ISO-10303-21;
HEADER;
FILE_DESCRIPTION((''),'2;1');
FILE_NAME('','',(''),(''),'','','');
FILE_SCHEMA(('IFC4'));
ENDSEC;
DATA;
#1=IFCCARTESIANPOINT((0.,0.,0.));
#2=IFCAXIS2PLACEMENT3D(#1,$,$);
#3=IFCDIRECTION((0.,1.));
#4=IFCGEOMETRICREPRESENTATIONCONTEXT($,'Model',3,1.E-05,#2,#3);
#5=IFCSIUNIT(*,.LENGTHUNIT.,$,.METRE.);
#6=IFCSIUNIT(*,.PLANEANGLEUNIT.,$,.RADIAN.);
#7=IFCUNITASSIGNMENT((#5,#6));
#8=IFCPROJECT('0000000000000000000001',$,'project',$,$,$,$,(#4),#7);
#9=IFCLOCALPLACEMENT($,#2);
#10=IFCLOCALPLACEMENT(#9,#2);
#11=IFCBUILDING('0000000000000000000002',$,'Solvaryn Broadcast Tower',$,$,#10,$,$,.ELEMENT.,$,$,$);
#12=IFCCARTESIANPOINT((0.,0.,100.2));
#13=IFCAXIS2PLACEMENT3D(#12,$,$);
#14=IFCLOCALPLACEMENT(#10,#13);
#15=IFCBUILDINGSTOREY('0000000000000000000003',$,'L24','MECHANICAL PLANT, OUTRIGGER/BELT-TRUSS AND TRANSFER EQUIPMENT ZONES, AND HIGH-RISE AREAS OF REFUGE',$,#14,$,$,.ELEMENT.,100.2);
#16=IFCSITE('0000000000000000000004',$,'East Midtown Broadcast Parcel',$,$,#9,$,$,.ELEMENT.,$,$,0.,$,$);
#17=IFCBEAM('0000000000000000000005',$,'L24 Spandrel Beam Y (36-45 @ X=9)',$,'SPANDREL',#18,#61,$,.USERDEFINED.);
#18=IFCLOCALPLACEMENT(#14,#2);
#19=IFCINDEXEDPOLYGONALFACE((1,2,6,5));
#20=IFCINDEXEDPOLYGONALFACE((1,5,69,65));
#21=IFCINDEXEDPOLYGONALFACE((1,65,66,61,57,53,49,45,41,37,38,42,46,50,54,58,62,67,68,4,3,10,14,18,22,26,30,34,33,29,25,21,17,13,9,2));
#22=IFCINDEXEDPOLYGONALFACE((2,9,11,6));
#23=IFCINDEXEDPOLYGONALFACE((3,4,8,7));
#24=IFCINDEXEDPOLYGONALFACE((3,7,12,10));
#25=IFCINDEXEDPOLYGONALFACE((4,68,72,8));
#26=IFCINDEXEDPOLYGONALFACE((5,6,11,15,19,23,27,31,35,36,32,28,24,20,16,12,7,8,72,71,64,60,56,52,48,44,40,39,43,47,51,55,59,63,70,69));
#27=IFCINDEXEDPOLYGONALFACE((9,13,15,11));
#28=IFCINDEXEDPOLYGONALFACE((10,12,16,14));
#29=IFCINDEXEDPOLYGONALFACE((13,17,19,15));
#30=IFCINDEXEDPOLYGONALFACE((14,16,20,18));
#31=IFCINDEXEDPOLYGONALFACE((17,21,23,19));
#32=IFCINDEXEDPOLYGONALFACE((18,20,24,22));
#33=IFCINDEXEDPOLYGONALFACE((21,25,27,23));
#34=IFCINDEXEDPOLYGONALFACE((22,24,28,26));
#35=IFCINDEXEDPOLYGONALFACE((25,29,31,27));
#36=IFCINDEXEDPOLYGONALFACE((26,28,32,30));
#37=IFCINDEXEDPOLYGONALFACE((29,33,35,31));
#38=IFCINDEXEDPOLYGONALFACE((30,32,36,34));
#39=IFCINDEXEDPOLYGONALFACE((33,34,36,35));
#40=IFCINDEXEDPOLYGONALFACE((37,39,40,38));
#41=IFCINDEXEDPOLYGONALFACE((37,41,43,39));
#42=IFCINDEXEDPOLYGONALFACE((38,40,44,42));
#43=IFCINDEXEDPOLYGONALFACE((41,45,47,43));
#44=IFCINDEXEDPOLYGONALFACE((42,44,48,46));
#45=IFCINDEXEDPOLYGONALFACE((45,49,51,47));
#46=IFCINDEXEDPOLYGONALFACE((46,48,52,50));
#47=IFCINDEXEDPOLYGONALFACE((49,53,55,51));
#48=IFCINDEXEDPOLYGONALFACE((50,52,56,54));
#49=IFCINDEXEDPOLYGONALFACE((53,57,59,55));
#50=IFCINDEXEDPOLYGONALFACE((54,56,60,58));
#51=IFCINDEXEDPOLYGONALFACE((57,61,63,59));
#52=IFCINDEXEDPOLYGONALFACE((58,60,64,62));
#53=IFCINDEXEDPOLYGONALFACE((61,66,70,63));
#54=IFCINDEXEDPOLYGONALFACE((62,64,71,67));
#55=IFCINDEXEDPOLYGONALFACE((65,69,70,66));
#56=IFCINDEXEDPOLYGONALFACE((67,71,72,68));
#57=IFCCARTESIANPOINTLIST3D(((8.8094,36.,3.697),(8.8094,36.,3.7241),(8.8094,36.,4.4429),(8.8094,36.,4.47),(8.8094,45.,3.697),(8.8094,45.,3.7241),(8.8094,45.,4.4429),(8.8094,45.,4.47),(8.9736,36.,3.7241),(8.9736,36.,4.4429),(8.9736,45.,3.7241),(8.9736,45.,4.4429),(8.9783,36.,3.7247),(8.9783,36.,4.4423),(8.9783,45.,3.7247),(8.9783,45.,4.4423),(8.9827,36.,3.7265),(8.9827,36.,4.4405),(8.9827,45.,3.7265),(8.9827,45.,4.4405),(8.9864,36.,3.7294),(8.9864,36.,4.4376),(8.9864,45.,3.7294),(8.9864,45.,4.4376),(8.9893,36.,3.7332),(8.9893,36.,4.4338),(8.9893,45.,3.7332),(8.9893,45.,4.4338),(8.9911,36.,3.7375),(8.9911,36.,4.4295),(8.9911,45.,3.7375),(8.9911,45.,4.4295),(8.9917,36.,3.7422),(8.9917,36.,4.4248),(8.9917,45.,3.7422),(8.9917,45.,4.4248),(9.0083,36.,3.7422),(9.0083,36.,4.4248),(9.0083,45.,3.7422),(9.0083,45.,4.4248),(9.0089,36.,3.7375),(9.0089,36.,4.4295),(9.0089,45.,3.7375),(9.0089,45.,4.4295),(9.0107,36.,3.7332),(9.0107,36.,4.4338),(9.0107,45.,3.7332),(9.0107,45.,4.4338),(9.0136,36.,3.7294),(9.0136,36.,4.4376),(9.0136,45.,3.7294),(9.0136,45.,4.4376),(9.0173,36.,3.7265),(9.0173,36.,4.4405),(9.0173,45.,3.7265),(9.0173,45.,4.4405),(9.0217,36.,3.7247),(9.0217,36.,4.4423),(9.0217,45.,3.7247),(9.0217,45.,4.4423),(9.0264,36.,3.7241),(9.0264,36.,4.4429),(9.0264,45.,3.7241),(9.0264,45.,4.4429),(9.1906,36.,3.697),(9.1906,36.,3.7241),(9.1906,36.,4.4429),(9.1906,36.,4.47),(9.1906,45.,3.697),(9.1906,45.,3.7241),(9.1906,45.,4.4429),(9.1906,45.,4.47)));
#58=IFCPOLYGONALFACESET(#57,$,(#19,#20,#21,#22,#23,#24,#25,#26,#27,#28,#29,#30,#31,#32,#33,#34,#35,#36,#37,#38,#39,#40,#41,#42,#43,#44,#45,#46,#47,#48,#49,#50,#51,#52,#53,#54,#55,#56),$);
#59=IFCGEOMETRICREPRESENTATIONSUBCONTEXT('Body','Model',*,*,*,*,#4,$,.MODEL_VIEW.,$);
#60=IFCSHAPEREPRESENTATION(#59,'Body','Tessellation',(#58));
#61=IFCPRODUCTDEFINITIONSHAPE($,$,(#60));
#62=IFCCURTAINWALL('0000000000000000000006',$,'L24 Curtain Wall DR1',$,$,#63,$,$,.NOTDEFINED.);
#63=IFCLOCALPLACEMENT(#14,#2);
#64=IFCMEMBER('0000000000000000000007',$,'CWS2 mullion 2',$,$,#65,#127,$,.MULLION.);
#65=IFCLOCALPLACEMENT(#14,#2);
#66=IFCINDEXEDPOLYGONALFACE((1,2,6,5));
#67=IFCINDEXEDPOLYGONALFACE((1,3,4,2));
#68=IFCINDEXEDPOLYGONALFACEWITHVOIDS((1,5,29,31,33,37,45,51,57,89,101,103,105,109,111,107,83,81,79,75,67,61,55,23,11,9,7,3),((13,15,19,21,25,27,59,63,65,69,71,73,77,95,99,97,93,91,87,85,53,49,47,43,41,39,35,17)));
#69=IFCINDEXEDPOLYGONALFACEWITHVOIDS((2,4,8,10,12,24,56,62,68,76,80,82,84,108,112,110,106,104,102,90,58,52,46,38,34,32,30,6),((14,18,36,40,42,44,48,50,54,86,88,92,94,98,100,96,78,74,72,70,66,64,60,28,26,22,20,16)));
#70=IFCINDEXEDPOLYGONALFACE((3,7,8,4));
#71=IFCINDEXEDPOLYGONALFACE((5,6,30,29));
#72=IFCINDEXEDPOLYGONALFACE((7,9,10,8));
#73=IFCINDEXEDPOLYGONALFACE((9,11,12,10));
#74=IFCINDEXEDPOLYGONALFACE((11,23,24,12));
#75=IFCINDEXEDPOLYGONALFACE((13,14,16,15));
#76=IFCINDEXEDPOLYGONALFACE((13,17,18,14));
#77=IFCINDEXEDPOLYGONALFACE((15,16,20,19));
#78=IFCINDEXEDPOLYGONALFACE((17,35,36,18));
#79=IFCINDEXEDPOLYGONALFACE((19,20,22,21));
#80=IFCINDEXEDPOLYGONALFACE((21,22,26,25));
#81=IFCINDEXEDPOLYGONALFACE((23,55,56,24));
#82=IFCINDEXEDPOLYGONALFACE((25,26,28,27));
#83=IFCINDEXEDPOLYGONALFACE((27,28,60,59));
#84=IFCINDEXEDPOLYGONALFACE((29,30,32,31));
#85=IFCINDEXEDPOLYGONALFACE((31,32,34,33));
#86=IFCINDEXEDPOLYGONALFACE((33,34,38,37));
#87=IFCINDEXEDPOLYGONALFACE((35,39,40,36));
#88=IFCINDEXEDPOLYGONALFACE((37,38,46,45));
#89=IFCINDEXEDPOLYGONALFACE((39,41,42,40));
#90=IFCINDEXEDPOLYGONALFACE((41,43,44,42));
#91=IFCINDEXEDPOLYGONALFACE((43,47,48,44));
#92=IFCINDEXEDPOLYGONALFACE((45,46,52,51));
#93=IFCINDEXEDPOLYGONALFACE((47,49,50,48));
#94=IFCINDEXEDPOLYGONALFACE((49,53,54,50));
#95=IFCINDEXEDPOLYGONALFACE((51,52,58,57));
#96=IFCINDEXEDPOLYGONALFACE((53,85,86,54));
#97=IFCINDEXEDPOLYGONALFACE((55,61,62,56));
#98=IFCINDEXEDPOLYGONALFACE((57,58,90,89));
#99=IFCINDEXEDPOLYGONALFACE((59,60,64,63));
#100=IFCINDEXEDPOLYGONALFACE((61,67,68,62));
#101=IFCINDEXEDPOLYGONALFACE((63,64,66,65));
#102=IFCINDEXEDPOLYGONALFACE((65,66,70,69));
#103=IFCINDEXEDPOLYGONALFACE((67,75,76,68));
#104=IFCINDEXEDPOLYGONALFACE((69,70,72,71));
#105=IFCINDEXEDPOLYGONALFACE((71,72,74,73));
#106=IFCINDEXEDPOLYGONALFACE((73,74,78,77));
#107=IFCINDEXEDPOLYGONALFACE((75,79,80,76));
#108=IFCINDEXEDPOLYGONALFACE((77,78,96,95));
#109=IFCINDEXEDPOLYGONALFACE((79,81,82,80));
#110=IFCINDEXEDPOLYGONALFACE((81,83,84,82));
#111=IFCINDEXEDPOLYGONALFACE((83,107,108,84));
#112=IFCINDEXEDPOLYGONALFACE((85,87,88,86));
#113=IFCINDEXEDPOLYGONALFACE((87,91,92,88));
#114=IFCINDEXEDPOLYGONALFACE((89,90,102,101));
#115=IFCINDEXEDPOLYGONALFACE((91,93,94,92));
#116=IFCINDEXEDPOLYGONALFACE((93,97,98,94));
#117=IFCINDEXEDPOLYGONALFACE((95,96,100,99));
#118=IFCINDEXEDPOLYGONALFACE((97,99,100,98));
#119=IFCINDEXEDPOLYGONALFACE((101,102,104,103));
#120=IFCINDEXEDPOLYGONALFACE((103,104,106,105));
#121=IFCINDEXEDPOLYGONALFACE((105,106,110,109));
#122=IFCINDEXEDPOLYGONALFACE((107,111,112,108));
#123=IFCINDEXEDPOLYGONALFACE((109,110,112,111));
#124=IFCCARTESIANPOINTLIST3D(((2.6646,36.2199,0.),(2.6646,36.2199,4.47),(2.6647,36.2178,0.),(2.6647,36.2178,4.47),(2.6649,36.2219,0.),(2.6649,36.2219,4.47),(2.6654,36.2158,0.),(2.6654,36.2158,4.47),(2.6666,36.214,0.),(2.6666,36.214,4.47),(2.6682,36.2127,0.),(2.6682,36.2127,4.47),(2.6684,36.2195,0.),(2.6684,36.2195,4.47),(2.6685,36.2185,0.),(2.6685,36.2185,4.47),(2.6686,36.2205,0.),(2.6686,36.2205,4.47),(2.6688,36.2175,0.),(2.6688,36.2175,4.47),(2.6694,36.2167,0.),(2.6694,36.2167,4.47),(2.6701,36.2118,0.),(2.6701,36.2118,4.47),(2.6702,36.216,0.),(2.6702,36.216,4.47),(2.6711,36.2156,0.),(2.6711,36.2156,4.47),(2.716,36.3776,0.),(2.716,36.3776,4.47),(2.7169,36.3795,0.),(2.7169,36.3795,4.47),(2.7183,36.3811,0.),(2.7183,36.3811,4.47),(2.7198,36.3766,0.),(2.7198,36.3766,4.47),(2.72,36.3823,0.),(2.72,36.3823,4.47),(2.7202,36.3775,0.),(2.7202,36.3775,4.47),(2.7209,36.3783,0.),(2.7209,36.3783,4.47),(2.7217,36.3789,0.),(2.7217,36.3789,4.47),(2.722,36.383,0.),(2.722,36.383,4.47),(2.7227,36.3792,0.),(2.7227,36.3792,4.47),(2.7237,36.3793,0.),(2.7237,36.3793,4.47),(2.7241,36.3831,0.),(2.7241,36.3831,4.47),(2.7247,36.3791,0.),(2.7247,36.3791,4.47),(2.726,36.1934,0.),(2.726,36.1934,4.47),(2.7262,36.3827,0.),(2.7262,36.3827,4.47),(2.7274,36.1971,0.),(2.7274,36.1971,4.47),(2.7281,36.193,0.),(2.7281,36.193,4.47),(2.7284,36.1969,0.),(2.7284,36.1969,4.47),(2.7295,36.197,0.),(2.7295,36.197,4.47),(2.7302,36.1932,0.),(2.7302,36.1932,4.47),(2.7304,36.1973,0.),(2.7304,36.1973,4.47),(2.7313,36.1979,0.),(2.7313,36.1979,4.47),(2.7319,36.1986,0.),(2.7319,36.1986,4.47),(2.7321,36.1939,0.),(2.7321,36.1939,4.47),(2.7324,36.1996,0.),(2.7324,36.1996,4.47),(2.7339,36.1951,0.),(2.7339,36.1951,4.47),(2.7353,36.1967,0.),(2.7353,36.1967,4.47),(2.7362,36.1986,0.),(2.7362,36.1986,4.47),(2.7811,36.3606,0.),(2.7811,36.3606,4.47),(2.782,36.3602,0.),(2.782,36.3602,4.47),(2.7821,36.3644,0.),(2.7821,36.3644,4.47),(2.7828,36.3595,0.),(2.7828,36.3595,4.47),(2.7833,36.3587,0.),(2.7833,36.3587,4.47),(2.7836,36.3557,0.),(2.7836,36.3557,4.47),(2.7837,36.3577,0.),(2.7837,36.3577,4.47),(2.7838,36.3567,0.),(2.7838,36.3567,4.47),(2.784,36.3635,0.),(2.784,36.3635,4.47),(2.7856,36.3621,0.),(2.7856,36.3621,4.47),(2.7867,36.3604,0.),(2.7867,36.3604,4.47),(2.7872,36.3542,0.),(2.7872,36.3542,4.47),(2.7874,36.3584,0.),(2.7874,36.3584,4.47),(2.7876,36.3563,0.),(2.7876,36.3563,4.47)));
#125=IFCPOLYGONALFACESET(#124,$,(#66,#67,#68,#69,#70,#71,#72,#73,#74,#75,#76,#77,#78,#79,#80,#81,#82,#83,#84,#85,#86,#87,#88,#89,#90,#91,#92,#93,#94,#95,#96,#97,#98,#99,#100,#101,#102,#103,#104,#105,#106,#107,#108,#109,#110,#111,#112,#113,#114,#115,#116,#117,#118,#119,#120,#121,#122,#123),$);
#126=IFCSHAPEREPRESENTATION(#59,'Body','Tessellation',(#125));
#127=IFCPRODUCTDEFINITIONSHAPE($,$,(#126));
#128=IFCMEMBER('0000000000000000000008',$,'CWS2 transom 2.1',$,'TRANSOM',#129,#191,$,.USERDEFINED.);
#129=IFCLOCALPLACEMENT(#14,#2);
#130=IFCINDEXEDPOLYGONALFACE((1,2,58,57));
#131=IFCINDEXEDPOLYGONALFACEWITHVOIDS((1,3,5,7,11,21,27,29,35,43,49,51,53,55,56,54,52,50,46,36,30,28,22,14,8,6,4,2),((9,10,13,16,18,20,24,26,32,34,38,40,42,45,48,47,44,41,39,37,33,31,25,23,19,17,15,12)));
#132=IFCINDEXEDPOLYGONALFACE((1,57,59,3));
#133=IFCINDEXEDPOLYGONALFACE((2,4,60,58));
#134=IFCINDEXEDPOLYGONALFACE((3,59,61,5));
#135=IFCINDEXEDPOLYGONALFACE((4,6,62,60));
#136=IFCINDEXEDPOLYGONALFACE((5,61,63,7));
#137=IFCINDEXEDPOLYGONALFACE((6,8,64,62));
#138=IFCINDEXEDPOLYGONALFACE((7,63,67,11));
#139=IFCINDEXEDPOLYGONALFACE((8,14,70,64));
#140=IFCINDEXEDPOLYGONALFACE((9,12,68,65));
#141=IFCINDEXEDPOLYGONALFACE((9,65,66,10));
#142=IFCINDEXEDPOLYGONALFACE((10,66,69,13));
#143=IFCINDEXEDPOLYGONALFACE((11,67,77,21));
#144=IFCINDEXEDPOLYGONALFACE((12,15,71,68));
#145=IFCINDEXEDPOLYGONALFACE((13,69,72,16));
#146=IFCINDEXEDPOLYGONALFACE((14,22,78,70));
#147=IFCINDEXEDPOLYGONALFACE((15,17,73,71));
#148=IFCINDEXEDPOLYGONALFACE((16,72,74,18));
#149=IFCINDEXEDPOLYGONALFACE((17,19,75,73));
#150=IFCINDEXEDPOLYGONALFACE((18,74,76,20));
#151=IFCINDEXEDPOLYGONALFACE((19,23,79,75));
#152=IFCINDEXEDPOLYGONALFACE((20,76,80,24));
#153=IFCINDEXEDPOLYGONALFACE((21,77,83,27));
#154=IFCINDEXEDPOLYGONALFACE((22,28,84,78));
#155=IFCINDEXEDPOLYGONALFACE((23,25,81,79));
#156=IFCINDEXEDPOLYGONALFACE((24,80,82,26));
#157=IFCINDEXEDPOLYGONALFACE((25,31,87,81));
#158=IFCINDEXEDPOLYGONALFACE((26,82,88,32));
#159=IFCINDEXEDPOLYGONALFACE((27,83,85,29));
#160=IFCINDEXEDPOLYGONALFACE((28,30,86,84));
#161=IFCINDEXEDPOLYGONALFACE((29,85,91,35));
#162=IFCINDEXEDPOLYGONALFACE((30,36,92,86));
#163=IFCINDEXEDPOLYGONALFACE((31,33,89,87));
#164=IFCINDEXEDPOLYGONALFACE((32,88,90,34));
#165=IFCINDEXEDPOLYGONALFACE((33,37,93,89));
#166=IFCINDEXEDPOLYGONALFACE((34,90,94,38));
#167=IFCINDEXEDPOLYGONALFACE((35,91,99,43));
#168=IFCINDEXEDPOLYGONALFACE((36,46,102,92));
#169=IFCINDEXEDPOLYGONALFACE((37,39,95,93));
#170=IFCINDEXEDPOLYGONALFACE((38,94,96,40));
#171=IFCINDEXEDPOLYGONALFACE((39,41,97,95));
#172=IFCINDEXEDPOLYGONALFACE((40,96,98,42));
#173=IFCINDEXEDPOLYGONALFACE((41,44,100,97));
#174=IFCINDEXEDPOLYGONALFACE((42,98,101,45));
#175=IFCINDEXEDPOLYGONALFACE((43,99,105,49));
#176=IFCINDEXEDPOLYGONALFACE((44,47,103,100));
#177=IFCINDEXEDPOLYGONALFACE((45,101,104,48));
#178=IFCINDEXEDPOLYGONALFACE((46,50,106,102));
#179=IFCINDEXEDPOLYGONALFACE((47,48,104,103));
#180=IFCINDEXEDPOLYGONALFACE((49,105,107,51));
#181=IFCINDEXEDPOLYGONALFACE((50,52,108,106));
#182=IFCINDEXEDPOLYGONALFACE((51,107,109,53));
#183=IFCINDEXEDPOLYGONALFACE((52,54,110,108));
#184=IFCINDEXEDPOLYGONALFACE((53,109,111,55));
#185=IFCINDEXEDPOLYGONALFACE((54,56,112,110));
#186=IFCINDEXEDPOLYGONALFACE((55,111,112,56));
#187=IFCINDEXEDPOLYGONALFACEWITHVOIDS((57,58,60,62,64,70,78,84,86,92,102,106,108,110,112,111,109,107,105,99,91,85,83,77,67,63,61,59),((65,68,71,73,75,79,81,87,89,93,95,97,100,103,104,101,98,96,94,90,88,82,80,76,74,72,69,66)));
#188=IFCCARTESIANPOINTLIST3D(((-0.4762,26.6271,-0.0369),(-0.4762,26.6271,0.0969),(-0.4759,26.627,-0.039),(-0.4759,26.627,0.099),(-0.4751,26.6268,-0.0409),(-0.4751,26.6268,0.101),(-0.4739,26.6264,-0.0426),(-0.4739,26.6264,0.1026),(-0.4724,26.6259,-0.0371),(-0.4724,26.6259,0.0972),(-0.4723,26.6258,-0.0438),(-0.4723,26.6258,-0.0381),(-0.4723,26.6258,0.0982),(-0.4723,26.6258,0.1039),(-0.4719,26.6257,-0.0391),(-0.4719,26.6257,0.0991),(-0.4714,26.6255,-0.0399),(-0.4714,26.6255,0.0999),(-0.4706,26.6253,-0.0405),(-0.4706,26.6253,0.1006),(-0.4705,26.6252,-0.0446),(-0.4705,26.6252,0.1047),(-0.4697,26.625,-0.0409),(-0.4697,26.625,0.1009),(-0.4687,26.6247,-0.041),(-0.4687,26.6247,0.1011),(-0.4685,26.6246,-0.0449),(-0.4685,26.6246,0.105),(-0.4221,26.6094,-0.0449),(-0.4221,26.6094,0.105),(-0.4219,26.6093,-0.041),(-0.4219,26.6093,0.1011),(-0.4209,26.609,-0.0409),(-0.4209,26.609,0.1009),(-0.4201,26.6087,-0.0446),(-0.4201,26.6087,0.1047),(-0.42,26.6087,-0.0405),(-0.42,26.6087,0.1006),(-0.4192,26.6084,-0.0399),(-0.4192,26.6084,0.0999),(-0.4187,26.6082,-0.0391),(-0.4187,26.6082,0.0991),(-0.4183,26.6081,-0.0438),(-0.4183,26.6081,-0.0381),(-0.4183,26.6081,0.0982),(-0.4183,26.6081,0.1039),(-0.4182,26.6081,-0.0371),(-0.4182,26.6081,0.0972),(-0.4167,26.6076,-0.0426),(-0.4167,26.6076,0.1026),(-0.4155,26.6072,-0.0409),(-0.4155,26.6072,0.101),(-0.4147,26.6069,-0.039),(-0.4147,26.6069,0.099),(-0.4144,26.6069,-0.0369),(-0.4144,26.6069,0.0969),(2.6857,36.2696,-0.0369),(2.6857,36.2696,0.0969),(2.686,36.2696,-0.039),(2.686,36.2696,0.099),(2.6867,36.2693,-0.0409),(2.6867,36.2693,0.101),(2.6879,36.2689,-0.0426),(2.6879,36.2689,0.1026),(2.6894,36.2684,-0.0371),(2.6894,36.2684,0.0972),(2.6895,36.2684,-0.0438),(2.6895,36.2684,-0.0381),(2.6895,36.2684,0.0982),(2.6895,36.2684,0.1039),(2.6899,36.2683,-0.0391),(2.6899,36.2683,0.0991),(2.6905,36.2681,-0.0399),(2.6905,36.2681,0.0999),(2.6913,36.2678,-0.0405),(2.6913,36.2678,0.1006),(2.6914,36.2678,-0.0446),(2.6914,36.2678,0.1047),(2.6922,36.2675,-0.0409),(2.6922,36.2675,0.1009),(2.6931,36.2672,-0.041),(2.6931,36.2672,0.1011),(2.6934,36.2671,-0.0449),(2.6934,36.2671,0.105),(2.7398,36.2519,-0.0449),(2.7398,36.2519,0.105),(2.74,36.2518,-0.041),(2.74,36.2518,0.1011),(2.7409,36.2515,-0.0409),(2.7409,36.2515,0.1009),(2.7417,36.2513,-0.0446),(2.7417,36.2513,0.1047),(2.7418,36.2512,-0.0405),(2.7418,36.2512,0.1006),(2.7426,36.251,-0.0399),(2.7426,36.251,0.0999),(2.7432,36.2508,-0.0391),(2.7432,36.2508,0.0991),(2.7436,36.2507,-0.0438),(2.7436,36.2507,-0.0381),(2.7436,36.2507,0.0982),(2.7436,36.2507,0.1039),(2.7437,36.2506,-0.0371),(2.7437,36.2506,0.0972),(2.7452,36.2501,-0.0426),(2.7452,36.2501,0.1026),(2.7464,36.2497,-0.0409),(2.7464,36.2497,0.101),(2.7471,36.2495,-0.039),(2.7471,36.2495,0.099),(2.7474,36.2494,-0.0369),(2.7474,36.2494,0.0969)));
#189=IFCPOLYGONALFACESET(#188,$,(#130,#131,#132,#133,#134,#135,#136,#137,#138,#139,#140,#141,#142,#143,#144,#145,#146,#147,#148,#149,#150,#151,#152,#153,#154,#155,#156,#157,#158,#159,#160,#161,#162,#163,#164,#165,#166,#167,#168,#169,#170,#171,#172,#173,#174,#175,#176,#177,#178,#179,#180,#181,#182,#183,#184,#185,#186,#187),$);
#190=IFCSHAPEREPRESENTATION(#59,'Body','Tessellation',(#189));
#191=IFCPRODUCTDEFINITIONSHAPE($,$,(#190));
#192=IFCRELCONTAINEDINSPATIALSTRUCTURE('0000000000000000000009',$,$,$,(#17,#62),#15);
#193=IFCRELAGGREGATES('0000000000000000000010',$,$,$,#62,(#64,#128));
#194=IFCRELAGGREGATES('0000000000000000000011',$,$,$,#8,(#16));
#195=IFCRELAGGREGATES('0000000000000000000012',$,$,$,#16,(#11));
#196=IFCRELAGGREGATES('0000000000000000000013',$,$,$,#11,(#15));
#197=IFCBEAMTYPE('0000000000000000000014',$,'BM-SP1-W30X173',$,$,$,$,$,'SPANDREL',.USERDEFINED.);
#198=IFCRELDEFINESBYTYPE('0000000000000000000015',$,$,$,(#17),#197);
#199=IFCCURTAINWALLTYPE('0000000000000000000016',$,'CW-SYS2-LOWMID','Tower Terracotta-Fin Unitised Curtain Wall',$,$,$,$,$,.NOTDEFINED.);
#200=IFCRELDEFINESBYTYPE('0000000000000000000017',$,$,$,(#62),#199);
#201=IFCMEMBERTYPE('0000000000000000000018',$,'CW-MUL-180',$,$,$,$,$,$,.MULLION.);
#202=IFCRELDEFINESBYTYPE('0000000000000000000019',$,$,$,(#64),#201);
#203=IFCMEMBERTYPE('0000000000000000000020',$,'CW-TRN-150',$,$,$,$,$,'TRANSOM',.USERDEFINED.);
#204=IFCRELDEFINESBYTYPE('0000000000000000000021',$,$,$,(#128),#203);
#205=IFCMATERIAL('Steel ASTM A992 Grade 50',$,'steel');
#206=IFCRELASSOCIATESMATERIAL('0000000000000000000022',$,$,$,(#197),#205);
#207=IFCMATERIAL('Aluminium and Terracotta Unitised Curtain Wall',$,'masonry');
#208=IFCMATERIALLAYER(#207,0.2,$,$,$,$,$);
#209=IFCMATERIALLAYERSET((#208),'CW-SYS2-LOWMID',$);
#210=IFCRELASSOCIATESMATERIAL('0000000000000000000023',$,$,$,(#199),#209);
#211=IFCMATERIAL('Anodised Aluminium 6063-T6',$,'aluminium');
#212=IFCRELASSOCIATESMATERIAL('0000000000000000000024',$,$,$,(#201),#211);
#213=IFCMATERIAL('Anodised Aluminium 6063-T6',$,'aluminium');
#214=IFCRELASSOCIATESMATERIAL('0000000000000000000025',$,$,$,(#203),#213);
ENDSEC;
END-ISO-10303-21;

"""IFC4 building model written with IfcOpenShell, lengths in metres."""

from ifc_helpers import new_model, si_unit, direction, frame, origin, origin_2d, place, context, subcontext, project, spatial, hollow_rectangle, i_section, extrude, material, layer, layer_set, material_profile, profile_set, type_object, element, aggregate, save


model = new_model("IFC4")

# Units and contexts
model_context = context("Model", 3, precision=1e-05, world=origin(), true_north=direction((0.0, 1.0)))
body_context = subcontext(model_context, "Body", "Model", "MODEL_VIEW")
ifc_project = project(units=[si_unit("LENGTHUNIT", "METRE"), si_unit("PLANEANGLEUNIT", "RADIAN")], contexts=[model_context])

# Site, building, storey
site_placement = place(None, origin())
site = spatial("IfcSite", under=ifc_project, at=site_placement, Name="East Midtown Broadcast Parcel", CompositionType="ELEMENT", RefElevation=0.0)
building_placement = place(site_placement, origin())
building = spatial("IfcBuilding", under=site, at=building_placement, Name="Solvaryn Broadcast Tower", CompositionType="ELEMENT")
storey_placement = place(building_placement, frame((0.0, 0.0, 100.2)))
storey = spatial("IfcBuildingStorey", under=building, at=storey_placement, Name="L24", Description="MECHANICAL PLANT, OUTRIGGER/BELT-TRUSS AND TRANSFER EQUIPMENT ZONES, AND HIGH-RISE AREAS OF REFUGE", CompositionType="ELEMENT", Elevation=100.2)

# Beam
ifc_material_1 = material(Name="Steel ASTM A992 Grade 50", Category="steel")
ifc_material_profile_1 = material_profile(ifc_material_1, i_section(OverallWidth=0.3811, OverallDepth=0.7729, WebThickness=0.0166, FlangeThickness=0.0271, FilletRadius=0.0181, at=origin_2d()))
ifc_profile_set_1 = profile_set([ifc_material_profile_1], Name="Steel ASTM A992 Grade 50")
beam_type_1 = type_object("IfcBeamType", Name="BM-SP1-W30X173", ElementType="SPANDREL", PredefinedType="USERDEFINED", material=ifc_profile_set_1)
beam_1_placement = place(storey_placement, frame((9.0, 36.0, 4.0835), z_axis=(0.0, 1.0, 0.0), x_axis=(-1.0, 0.0, 0.0)))
element("IfcBeam", 1, at=beam_1_placement, inside=storey, type_object=beam_type_1, Name="L24 Spandrel Beam Y (36-45 @ X=9)", ObjectType="SPANDREL", PredefinedType="USERDEFINED", context=body_context, shape_type="SweptSolid", body=[
    extrude(i_section(OverallWidth=0.3811, OverallDepth=0.7729, WebThickness=0.0166, FlangeThickness=0.0271, FilletRadius=0.0181, at=origin_2d()), origin(), (0.0, 0.0, 1.0), 9.0),
])

# Curtain wall, members
ifc_material_2 = material(Name="Aluminium and Terracotta Unitised Curtain Wall", Category="masonry")
ifc_layer_1 = layer(ifc_material_2, 0.2)
ifc_layer_set_1 = layer_set([ifc_layer_1], Name="CW-SYS2-LOWMID")
curtain_wall_type = type_object("IfcCurtainWallType", Name="CW-SYS2-LOWMID", Description="Tower Terracotta-Fin Unitised Curtain Wall", PredefinedType="NOTDEFINED", material=ifc_layer_set_1)
curtain_wall_placement = place(storey_placement, origin())
curtain_wall = element("IfcCurtainWall", 2, at=curtain_wall_placement, inside=storey, type_object=curtain_wall_type, Name="L24 Curtain Wall DR1", PredefinedType="NOTDEFINED")
ifc_material_3 = material(Name="Anodised Aluminium 6063-T6", Category="aluminium")
ifc_material_profile_2 = material_profile(ifc_material_3, hollow_rectangle(XDim=0.075, YDim=0.1799, WallThickness=0.0039, InnerFilletRadius=0.0039, OuterFilletRadius=0.0081, at=origin_2d()))
ifc_profile_set_2 = profile_set([ifc_material_profile_2], Name="Anodised Aluminium 6063-T6")
member_type_1 = type_object("IfcMemberType", Name="CW-MUL-180", PredefinedType="MULLION", material=ifc_profile_set_2)
member_1_placement = place(storey_placement, frame((2.7261, 36.2881, 0.0), z_axis=(0.0, 0.0, 1.0), x_axis=(0.950215, -0.311594, 0.0)))
member_1 = element("IfcMember", 3, at=member_1_placement, type_object=member_type_1, Name="CWS2 mullion 2", PredefinedType="MULLION", context=body_context, shape_type="SweptSolid", body=[
    extrude(hollow_rectangle(XDim=0.075, YDim=0.1799, WallThickness=0.0039, InnerFilletRadius=0.0039, OuterFilletRadius=0.0081, at=origin_2d()), origin(), (0.0, 0.0, 1.0), 4.47),
])
ifc_material_4 = material(Name="Anodised Aluminium 6063-T6", Category="aluminium")
ifc_material_profile_3 = material_profile(ifc_material_4, hollow_rectangle(XDim=0.0649, YDim=0.1499, WallThickness=0.0039, InnerFilletRadius=0.0039, OuterFilletRadius=0.0081, at=origin_2d()))
ifc_profile_set_3 = profile_set([ifc_material_profile_3], Name="Anodised Aluminium 6063-T6")
member_type_2 = type_object("IfcMemberType", Name="CW-TRN-150", ElementType="TRANSOM", PredefinedType="USERDEFINED", material=ifc_profile_set_3)
member_2_placement = place(storey_placement, frame((2.7166, 36.2595, 0.03), z_axis=(-0.311583, -0.950219, 0.0), x_axis=(0.950219, -0.311583, 0.0)))
member_2 = element("IfcMember", 4, at=member_2_placement, type_object=member_type_2, Name="CWS2 transom 2.1", ObjectType="TRANSOM", PredefinedType="USERDEFINED", context=body_context, shape_type="SweptSolid", body=[
    extrude(hollow_rectangle(XDim=0.0649, YDim=0.1499, WallThickness=0.0039, InnerFilletRadius=0.0039, OuterFilletRadius=0.0081, at=origin_2d()), origin(), (0.0, 0.0, 1.0), 10.1477),
])

aggregate(curtain_wall, [member_1, member_2])

save(model, "model.ifc")
